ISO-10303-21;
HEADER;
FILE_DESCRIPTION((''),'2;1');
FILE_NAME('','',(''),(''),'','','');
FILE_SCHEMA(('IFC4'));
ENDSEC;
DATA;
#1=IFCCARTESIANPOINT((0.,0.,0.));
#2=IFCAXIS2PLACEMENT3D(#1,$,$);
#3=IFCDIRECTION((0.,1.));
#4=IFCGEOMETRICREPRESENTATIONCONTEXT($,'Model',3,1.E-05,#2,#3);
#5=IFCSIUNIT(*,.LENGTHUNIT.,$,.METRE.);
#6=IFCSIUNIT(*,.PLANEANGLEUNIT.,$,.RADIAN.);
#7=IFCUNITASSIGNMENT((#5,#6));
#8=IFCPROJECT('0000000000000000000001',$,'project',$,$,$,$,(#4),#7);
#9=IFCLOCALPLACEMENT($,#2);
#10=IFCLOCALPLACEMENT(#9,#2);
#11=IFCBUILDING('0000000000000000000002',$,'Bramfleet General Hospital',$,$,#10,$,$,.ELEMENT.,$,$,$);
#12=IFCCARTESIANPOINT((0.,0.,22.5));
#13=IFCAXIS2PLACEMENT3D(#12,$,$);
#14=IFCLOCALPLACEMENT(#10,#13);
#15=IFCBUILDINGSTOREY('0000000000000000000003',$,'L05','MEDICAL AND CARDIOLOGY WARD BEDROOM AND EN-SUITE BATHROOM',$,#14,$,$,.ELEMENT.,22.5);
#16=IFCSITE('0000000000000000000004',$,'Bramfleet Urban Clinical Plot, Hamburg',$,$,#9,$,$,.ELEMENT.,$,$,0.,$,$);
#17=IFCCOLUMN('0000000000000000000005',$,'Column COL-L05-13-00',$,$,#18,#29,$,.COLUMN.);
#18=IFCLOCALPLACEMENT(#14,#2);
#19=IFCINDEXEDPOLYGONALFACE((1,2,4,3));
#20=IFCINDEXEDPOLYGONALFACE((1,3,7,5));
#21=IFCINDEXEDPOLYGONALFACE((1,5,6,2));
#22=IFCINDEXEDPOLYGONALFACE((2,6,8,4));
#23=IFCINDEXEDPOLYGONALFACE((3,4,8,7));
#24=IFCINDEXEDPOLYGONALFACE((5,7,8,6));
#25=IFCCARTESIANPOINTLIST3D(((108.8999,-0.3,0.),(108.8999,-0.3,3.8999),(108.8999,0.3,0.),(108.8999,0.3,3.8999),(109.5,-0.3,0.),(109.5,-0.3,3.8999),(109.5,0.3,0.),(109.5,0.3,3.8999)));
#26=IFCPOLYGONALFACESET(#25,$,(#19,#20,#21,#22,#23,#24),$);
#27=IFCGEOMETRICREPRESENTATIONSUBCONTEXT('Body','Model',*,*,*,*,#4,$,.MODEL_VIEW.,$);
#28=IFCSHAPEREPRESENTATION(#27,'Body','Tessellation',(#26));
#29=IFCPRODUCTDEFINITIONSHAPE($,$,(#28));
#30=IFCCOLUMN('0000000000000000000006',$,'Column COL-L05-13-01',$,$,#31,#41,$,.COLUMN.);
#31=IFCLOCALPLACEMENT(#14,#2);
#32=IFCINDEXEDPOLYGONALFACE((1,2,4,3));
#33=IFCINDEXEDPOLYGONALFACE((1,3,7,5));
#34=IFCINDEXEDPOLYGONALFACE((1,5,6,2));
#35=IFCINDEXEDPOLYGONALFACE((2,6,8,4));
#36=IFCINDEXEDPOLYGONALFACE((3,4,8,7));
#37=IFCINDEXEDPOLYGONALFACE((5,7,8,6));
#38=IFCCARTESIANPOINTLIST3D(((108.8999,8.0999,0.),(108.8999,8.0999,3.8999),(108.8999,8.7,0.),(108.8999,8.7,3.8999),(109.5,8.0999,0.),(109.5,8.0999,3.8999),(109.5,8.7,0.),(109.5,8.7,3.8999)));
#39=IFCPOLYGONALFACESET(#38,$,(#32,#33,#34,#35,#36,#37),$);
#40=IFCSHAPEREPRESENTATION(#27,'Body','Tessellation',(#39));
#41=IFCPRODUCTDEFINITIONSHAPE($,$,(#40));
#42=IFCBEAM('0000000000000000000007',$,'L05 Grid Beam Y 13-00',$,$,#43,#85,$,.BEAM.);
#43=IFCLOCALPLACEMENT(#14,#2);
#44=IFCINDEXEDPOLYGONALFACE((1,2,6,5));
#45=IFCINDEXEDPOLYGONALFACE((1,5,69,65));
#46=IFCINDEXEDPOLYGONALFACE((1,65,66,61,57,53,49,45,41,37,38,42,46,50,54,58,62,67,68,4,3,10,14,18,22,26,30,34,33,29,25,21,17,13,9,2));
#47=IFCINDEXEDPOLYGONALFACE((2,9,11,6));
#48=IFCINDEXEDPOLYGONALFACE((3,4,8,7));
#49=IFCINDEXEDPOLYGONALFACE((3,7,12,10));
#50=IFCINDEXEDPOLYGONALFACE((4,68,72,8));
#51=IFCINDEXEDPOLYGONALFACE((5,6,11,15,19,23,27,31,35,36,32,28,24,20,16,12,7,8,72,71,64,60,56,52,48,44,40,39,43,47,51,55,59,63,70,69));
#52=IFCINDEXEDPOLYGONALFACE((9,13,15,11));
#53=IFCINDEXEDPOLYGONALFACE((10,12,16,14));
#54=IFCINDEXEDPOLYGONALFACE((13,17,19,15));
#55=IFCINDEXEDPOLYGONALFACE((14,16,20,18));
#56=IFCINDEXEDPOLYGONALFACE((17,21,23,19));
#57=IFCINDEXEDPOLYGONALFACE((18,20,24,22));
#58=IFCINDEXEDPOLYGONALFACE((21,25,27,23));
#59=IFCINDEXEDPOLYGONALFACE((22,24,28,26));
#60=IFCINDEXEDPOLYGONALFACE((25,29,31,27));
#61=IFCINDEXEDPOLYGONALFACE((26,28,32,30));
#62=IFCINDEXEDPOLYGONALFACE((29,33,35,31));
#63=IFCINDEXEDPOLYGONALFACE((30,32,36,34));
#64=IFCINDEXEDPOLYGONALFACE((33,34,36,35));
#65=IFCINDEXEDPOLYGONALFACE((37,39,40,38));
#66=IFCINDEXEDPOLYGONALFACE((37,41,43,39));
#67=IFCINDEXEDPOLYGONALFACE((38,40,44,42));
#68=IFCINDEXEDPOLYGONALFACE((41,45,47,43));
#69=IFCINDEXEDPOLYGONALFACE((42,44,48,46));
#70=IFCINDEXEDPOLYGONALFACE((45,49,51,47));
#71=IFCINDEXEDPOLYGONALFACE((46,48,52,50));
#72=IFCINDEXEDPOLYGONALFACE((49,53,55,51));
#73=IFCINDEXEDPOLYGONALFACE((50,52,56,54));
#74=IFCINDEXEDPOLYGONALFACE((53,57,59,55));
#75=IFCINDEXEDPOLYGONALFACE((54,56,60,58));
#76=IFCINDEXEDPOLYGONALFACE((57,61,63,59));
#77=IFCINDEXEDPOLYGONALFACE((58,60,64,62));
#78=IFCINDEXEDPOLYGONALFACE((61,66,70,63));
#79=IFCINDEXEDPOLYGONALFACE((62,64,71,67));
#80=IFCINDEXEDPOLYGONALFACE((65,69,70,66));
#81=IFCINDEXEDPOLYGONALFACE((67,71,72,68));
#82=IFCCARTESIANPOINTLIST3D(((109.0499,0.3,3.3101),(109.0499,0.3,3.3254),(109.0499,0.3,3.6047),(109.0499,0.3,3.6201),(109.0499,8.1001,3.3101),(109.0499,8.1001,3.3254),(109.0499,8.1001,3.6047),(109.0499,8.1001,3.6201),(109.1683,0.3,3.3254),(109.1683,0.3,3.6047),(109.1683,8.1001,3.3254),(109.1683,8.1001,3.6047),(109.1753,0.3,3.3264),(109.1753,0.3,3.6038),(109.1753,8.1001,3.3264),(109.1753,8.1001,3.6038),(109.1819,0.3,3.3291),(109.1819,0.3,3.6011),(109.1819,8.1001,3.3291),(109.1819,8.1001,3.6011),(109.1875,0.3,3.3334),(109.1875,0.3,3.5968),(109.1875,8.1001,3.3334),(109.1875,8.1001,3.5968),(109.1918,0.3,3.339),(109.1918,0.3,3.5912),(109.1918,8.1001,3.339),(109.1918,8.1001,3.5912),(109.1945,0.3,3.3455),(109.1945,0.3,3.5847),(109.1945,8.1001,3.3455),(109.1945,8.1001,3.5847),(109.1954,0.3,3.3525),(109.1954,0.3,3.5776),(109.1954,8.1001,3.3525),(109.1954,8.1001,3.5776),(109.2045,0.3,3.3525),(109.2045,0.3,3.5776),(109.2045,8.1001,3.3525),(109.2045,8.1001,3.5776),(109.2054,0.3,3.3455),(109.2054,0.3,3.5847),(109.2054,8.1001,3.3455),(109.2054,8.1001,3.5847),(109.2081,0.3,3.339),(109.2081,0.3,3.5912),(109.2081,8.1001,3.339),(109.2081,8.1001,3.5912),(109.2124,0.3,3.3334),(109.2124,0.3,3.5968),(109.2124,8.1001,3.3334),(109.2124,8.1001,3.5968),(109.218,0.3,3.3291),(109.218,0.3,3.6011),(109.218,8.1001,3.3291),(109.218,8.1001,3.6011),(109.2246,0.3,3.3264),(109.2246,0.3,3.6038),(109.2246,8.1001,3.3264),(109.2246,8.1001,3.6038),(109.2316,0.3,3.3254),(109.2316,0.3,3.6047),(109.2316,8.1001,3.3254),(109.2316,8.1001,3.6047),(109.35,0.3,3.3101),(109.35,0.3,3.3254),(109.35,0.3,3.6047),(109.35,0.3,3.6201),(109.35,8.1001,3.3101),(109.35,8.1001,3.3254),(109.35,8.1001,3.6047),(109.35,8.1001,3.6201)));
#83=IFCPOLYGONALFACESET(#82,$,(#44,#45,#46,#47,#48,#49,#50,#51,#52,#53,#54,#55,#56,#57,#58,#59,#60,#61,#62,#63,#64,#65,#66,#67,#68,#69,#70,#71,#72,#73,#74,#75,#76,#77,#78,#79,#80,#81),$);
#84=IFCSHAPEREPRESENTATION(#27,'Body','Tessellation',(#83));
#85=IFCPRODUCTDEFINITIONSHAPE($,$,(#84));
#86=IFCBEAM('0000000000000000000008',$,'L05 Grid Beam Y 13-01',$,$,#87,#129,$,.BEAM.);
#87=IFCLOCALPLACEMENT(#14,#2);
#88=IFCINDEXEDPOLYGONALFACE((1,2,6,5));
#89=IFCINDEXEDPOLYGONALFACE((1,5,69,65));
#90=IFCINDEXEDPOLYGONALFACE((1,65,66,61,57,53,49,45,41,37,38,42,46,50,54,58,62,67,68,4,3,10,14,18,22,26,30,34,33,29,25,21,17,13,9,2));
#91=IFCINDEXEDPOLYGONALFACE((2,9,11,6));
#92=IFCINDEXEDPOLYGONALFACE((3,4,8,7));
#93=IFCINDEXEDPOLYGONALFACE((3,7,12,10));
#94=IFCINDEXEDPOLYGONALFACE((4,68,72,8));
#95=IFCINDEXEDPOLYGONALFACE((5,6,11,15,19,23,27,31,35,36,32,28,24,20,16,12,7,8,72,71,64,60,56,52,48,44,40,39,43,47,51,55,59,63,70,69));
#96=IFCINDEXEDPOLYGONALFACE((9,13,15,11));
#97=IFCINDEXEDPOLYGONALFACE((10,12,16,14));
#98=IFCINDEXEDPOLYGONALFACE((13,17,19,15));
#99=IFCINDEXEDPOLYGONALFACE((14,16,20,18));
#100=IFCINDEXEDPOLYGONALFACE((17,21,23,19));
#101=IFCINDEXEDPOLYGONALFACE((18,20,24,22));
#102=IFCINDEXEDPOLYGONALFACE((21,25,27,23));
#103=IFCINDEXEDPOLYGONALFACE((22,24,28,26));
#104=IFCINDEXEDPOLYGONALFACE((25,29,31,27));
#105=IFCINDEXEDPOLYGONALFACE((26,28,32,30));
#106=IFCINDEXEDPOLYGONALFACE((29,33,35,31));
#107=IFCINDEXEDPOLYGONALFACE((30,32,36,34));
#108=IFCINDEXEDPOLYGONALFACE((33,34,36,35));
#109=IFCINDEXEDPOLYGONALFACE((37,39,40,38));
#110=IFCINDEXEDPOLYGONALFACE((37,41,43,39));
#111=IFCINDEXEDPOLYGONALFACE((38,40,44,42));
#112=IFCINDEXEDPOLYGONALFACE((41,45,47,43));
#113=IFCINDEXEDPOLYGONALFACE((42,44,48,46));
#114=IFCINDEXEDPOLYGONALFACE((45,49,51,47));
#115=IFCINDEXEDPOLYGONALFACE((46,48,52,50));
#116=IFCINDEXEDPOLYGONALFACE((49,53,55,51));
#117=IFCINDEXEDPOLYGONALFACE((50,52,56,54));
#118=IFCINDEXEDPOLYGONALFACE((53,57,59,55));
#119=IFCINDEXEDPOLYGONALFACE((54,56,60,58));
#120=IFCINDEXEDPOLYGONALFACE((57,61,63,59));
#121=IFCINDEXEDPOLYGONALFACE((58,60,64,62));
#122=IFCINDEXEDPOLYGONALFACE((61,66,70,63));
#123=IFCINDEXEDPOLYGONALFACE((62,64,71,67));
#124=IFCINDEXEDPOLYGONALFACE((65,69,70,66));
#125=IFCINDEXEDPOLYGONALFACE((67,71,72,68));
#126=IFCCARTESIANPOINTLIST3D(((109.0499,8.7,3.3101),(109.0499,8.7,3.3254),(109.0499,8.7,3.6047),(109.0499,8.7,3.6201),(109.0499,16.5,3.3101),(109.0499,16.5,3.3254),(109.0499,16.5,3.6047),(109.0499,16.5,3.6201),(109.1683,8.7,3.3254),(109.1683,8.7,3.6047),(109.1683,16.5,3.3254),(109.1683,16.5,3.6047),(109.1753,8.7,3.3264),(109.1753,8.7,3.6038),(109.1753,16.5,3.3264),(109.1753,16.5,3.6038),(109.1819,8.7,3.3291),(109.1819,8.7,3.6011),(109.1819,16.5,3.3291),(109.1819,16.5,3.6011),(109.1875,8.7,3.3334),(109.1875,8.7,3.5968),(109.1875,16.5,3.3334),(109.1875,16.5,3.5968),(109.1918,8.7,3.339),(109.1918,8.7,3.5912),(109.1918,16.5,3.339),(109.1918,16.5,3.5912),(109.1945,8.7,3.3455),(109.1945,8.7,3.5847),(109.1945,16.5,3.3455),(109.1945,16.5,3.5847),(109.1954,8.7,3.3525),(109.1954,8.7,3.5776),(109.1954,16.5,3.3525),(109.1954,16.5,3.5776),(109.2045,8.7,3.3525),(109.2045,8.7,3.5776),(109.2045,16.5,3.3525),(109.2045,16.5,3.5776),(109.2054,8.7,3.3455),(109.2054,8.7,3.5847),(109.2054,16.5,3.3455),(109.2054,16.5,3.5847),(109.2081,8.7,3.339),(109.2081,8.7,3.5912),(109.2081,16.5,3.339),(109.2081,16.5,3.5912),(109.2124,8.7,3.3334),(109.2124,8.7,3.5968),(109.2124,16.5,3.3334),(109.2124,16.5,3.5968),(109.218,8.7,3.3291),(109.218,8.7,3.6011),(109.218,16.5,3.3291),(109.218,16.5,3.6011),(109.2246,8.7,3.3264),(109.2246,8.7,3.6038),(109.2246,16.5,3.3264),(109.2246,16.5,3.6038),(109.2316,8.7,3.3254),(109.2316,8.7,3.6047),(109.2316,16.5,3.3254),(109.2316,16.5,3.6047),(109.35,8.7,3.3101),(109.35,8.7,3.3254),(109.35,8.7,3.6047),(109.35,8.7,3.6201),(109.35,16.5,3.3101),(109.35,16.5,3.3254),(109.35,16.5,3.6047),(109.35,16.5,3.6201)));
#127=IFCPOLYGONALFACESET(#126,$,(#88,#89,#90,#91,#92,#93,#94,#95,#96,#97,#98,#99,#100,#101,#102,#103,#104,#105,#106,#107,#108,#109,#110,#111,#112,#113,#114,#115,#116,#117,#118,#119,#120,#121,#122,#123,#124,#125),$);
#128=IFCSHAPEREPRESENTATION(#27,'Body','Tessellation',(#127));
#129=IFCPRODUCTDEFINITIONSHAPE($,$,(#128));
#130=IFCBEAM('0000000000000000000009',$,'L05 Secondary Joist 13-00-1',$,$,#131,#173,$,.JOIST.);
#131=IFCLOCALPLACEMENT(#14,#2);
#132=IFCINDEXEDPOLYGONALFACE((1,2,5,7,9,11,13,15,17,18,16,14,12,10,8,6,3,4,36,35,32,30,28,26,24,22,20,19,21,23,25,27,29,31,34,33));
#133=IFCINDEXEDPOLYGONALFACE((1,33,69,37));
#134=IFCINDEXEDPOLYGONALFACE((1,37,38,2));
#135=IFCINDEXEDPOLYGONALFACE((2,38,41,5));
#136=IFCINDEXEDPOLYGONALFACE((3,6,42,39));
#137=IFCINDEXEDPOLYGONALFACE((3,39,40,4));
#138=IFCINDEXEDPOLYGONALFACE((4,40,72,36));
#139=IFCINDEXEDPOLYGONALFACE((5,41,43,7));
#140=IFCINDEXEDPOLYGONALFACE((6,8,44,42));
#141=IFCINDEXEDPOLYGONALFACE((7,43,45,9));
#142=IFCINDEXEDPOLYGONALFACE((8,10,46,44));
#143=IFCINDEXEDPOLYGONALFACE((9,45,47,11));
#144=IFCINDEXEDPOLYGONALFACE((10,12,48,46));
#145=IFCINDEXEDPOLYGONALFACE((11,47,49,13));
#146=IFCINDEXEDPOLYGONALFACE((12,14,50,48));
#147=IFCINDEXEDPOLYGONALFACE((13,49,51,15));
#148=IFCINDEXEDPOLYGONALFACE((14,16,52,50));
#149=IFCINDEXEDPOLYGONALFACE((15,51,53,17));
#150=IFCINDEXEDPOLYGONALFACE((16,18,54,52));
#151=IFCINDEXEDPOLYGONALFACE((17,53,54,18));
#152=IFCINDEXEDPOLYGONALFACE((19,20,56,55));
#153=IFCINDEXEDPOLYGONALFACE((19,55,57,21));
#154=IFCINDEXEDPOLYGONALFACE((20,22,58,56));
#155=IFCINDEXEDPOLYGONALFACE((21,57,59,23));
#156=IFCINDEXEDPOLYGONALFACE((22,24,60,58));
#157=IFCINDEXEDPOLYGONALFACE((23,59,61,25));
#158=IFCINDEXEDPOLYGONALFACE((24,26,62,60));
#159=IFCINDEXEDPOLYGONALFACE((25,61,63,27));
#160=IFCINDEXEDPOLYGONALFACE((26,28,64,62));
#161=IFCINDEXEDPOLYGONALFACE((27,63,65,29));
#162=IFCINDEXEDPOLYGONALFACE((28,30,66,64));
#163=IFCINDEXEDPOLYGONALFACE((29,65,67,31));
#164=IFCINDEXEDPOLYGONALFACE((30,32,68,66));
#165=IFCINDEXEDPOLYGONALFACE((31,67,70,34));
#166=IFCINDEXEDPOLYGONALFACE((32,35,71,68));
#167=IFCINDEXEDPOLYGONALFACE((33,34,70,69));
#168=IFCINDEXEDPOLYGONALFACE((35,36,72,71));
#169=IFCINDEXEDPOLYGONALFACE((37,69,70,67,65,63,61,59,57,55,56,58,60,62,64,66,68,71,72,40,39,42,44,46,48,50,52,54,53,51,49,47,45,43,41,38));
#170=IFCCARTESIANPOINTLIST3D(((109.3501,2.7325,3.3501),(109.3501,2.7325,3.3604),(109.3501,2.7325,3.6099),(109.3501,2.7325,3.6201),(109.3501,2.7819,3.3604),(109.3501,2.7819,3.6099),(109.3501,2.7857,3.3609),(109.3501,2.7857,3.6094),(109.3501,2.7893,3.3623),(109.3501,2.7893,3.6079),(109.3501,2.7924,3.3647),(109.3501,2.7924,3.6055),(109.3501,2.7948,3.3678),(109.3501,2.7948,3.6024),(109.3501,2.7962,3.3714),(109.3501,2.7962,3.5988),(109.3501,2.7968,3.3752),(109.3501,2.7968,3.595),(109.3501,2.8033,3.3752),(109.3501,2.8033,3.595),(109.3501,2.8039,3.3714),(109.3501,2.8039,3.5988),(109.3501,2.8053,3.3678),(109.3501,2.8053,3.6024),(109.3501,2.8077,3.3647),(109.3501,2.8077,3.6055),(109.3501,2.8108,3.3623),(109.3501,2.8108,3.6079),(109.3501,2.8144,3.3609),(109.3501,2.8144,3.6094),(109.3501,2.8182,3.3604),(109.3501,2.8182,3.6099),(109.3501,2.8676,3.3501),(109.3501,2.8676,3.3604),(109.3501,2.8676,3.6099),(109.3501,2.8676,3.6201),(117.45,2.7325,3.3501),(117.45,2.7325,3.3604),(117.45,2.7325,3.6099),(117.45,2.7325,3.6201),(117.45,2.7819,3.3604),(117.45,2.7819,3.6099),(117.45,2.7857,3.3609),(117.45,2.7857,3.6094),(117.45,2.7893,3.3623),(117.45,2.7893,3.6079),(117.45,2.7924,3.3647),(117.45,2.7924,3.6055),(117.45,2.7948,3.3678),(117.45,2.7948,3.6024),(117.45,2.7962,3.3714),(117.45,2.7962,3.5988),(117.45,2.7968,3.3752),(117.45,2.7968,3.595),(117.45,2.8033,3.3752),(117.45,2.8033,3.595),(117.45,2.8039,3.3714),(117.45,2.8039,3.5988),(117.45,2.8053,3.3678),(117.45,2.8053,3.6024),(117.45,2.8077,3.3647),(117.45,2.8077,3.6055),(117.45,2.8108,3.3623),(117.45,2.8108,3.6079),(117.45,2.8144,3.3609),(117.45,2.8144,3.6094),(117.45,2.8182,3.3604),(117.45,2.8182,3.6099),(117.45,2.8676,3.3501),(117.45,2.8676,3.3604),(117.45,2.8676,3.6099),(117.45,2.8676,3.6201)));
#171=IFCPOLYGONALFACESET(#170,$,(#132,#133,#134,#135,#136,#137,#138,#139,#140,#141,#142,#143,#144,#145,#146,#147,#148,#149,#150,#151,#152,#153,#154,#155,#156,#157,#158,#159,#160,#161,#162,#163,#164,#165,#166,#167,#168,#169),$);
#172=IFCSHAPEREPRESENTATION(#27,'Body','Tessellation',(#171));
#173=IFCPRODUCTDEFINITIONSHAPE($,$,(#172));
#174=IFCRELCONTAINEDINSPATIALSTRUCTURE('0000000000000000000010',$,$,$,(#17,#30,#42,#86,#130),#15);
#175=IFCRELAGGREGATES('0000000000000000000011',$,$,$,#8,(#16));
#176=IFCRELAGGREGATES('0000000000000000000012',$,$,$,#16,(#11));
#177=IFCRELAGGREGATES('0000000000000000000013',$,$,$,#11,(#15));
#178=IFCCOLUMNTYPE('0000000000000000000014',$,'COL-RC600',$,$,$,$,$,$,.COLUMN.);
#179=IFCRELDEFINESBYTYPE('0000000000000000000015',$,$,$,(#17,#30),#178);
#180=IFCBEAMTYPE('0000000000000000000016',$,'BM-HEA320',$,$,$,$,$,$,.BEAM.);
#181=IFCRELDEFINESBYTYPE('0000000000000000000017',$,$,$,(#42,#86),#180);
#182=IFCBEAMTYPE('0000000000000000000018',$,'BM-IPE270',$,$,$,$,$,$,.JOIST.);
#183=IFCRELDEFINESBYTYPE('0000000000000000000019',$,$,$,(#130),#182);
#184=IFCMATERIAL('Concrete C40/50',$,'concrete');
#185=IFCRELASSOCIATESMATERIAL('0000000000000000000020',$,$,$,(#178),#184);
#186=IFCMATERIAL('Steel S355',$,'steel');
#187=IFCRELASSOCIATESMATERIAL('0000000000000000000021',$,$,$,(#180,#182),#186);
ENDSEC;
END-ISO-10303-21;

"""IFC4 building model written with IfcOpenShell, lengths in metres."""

from ifc_helpers import new_model, si_unit, direction, frame, origin, origin_2d, place, context, subcontext, project, spatial, rectangle, i_section, extrude, material, material_profile, profile_set, type_object, element, save


model = new_model("IFC4")

# Units and contexts
model_context = context("Model", 3, precision=1e-05, world=origin(), true_north=direction((0.0, 1.0)))
body_context = subcontext(model_context, "Body", "Model", "MODEL_VIEW")
ifc_project = project(units=[si_unit("LENGTHUNIT", "METRE"), si_unit("PLANEANGLEUNIT", "RADIAN")], contexts=[model_context])

# Site, building, storey
site_placement = place(None, origin())
site = spatial("IfcSite", under=ifc_project, at=site_placement, Name="Bramfleet Urban Clinical Plot, Hamburg", CompositionType="ELEMENT", RefElevation=0.0)
building_placement = place(site_placement, origin())
building = spatial("IfcBuilding", under=site, at=building_placement, Name="Bramfleet General Hospital", CompositionType="ELEMENT")
storey_placement = place(building_placement, frame((0.0, 0.0, 22.5)))
storey = spatial("IfcBuildingStorey", under=building, at=storey_placement, Name="L05", Description="MEDICAL AND CARDIOLOGY WARD BEDROOM AND EN-SUITE BATHROOM", CompositionType="ELEMENT", Elevation=22.5)

# Columns
ifc_material_1 = material(Name="Concrete C40/50", Category="concrete")
ifc_material_profile_1 = material_profile(ifc_material_1, rectangle(XDim=0.6001, YDim=0.6001, at=origin_2d()), Name="RC COL 600x600")
ifc_profile_set_1 = profile_set([ifc_material_profile_1], Name="Concrete C40/50")
column_type = type_object("IfcColumnType", Name="COL-RC600", PredefinedType="COLUMN", material=ifc_profile_set_1)
for number, where, z_axis, x_axis, name in (
    (1, (109.2, 0.0, 0.0), (0.0, 0.0, 1.0), (1.0, 0.0, 0.0), "Column COL-L05-13-00"),
    (2, (109.2, 8.3999, 0.0), (0.0, 0.0, 1.0), (1.0, 0.0, 0.0), "Column COL-L05-13-01"),
):
    element("IfcColumn", number, at=place(storey_placement, frame(where, z_axis=z_axis, x_axis=x_axis)), inside=storey, type_object=column_type, Name=name, PredefinedType="COLUMN", context=body_context, shape_type="SweptSolid", body=[
        extrude(rectangle(XDim=0.6001, YDim=0.6001, at=origin_2d()), origin(), (0.0, 0.0, 1.0), 3.8999),
    ])

# Beams
ifc_material_2 = material(Name="Steel S355", Category="steel")
ifc_material_profile_2 = material_profile(ifc_material_2, i_section(OverallWidth=0.3, OverallDepth=0.3101, WebThickness=0.009, FlangeThickness=0.0154, FilletRadius=0.0271, at=origin_2d()), Name="HEA 320")
ifc_profile_set_2 = profile_set([ifc_material_profile_2], Name="Steel S355")
beam_type_1 = type_object("IfcBeamType", Name="BM-HEA320", PredefinedType="BEAM", material=ifc_profile_set_2)
for number, where, z_axis, x_axis, name in (
    (3, (109.2, 0.3, 3.4651), (0.0, 1.0, 0.0), (-1.0, 0.0, 0.0), "L05 Grid Beam Y 13-00"),
    (4, (109.2, 8.7, 3.4651), (0.0, 1.0, 0.0), (-1.0, 0.0, 0.0), "L05 Grid Beam Y 13-01"),
):
    element("IfcBeam", number, at=place(storey_placement, frame(where, z_axis=z_axis, x_axis=x_axis)), inside=storey, type_object=beam_type_1, Name=name, PredefinedType="BEAM", context=body_context, shape_type="SweptSolid", body=[
        extrude(i_section(OverallWidth=0.3, OverallDepth=0.3101, WebThickness=0.009, FlangeThickness=0.0154, FilletRadius=0.0271, at=origin_2d()), origin(), (0.0, 0.0, 1.0), 7.8),
    ])
ifc_material_profile_3 = material_profile(ifc_material_2, i_section(OverallWidth=0.135, OverallDepth=0.27, WebThickness=0.0066, FlangeThickness=0.0103, FilletRadius=0.0149, at=origin_2d()), Name="IPE 270")
ifc_profile_set_3 = profile_set([ifc_material_profile_3], Name="Steel S355")
beam_type_2 = type_object("IfcBeamType", Name="BM-IPE270", PredefinedType="JOIST", material=ifc_profile_set_3)
for number, where, z_axis, x_axis, name in (
    (5, (109.3501, 2.8, 3.4851), (1.0, 0.0, 0.0), (0.0, 1.0, 0.0), "L05 Secondary Joist 13-00-1"),
):
    element("IfcBeam", number, at=place(storey_placement, frame(where, z_axis=z_axis, x_axis=x_axis)), inside=storey, type_object=beam_type_2, Name=name, PredefinedType="JOIST", context=body_context, shape_type="SweptSolid", body=[
        extrude(i_section(OverallWidth=0.135, OverallDepth=0.27, WebThickness=0.0066, FlangeThickness=0.0103, FilletRadius=0.0149, at=origin_2d()), origin(), (0.0, 0.0, 1.0), 8.0999),
    ])

save(model, "model.ifc")
